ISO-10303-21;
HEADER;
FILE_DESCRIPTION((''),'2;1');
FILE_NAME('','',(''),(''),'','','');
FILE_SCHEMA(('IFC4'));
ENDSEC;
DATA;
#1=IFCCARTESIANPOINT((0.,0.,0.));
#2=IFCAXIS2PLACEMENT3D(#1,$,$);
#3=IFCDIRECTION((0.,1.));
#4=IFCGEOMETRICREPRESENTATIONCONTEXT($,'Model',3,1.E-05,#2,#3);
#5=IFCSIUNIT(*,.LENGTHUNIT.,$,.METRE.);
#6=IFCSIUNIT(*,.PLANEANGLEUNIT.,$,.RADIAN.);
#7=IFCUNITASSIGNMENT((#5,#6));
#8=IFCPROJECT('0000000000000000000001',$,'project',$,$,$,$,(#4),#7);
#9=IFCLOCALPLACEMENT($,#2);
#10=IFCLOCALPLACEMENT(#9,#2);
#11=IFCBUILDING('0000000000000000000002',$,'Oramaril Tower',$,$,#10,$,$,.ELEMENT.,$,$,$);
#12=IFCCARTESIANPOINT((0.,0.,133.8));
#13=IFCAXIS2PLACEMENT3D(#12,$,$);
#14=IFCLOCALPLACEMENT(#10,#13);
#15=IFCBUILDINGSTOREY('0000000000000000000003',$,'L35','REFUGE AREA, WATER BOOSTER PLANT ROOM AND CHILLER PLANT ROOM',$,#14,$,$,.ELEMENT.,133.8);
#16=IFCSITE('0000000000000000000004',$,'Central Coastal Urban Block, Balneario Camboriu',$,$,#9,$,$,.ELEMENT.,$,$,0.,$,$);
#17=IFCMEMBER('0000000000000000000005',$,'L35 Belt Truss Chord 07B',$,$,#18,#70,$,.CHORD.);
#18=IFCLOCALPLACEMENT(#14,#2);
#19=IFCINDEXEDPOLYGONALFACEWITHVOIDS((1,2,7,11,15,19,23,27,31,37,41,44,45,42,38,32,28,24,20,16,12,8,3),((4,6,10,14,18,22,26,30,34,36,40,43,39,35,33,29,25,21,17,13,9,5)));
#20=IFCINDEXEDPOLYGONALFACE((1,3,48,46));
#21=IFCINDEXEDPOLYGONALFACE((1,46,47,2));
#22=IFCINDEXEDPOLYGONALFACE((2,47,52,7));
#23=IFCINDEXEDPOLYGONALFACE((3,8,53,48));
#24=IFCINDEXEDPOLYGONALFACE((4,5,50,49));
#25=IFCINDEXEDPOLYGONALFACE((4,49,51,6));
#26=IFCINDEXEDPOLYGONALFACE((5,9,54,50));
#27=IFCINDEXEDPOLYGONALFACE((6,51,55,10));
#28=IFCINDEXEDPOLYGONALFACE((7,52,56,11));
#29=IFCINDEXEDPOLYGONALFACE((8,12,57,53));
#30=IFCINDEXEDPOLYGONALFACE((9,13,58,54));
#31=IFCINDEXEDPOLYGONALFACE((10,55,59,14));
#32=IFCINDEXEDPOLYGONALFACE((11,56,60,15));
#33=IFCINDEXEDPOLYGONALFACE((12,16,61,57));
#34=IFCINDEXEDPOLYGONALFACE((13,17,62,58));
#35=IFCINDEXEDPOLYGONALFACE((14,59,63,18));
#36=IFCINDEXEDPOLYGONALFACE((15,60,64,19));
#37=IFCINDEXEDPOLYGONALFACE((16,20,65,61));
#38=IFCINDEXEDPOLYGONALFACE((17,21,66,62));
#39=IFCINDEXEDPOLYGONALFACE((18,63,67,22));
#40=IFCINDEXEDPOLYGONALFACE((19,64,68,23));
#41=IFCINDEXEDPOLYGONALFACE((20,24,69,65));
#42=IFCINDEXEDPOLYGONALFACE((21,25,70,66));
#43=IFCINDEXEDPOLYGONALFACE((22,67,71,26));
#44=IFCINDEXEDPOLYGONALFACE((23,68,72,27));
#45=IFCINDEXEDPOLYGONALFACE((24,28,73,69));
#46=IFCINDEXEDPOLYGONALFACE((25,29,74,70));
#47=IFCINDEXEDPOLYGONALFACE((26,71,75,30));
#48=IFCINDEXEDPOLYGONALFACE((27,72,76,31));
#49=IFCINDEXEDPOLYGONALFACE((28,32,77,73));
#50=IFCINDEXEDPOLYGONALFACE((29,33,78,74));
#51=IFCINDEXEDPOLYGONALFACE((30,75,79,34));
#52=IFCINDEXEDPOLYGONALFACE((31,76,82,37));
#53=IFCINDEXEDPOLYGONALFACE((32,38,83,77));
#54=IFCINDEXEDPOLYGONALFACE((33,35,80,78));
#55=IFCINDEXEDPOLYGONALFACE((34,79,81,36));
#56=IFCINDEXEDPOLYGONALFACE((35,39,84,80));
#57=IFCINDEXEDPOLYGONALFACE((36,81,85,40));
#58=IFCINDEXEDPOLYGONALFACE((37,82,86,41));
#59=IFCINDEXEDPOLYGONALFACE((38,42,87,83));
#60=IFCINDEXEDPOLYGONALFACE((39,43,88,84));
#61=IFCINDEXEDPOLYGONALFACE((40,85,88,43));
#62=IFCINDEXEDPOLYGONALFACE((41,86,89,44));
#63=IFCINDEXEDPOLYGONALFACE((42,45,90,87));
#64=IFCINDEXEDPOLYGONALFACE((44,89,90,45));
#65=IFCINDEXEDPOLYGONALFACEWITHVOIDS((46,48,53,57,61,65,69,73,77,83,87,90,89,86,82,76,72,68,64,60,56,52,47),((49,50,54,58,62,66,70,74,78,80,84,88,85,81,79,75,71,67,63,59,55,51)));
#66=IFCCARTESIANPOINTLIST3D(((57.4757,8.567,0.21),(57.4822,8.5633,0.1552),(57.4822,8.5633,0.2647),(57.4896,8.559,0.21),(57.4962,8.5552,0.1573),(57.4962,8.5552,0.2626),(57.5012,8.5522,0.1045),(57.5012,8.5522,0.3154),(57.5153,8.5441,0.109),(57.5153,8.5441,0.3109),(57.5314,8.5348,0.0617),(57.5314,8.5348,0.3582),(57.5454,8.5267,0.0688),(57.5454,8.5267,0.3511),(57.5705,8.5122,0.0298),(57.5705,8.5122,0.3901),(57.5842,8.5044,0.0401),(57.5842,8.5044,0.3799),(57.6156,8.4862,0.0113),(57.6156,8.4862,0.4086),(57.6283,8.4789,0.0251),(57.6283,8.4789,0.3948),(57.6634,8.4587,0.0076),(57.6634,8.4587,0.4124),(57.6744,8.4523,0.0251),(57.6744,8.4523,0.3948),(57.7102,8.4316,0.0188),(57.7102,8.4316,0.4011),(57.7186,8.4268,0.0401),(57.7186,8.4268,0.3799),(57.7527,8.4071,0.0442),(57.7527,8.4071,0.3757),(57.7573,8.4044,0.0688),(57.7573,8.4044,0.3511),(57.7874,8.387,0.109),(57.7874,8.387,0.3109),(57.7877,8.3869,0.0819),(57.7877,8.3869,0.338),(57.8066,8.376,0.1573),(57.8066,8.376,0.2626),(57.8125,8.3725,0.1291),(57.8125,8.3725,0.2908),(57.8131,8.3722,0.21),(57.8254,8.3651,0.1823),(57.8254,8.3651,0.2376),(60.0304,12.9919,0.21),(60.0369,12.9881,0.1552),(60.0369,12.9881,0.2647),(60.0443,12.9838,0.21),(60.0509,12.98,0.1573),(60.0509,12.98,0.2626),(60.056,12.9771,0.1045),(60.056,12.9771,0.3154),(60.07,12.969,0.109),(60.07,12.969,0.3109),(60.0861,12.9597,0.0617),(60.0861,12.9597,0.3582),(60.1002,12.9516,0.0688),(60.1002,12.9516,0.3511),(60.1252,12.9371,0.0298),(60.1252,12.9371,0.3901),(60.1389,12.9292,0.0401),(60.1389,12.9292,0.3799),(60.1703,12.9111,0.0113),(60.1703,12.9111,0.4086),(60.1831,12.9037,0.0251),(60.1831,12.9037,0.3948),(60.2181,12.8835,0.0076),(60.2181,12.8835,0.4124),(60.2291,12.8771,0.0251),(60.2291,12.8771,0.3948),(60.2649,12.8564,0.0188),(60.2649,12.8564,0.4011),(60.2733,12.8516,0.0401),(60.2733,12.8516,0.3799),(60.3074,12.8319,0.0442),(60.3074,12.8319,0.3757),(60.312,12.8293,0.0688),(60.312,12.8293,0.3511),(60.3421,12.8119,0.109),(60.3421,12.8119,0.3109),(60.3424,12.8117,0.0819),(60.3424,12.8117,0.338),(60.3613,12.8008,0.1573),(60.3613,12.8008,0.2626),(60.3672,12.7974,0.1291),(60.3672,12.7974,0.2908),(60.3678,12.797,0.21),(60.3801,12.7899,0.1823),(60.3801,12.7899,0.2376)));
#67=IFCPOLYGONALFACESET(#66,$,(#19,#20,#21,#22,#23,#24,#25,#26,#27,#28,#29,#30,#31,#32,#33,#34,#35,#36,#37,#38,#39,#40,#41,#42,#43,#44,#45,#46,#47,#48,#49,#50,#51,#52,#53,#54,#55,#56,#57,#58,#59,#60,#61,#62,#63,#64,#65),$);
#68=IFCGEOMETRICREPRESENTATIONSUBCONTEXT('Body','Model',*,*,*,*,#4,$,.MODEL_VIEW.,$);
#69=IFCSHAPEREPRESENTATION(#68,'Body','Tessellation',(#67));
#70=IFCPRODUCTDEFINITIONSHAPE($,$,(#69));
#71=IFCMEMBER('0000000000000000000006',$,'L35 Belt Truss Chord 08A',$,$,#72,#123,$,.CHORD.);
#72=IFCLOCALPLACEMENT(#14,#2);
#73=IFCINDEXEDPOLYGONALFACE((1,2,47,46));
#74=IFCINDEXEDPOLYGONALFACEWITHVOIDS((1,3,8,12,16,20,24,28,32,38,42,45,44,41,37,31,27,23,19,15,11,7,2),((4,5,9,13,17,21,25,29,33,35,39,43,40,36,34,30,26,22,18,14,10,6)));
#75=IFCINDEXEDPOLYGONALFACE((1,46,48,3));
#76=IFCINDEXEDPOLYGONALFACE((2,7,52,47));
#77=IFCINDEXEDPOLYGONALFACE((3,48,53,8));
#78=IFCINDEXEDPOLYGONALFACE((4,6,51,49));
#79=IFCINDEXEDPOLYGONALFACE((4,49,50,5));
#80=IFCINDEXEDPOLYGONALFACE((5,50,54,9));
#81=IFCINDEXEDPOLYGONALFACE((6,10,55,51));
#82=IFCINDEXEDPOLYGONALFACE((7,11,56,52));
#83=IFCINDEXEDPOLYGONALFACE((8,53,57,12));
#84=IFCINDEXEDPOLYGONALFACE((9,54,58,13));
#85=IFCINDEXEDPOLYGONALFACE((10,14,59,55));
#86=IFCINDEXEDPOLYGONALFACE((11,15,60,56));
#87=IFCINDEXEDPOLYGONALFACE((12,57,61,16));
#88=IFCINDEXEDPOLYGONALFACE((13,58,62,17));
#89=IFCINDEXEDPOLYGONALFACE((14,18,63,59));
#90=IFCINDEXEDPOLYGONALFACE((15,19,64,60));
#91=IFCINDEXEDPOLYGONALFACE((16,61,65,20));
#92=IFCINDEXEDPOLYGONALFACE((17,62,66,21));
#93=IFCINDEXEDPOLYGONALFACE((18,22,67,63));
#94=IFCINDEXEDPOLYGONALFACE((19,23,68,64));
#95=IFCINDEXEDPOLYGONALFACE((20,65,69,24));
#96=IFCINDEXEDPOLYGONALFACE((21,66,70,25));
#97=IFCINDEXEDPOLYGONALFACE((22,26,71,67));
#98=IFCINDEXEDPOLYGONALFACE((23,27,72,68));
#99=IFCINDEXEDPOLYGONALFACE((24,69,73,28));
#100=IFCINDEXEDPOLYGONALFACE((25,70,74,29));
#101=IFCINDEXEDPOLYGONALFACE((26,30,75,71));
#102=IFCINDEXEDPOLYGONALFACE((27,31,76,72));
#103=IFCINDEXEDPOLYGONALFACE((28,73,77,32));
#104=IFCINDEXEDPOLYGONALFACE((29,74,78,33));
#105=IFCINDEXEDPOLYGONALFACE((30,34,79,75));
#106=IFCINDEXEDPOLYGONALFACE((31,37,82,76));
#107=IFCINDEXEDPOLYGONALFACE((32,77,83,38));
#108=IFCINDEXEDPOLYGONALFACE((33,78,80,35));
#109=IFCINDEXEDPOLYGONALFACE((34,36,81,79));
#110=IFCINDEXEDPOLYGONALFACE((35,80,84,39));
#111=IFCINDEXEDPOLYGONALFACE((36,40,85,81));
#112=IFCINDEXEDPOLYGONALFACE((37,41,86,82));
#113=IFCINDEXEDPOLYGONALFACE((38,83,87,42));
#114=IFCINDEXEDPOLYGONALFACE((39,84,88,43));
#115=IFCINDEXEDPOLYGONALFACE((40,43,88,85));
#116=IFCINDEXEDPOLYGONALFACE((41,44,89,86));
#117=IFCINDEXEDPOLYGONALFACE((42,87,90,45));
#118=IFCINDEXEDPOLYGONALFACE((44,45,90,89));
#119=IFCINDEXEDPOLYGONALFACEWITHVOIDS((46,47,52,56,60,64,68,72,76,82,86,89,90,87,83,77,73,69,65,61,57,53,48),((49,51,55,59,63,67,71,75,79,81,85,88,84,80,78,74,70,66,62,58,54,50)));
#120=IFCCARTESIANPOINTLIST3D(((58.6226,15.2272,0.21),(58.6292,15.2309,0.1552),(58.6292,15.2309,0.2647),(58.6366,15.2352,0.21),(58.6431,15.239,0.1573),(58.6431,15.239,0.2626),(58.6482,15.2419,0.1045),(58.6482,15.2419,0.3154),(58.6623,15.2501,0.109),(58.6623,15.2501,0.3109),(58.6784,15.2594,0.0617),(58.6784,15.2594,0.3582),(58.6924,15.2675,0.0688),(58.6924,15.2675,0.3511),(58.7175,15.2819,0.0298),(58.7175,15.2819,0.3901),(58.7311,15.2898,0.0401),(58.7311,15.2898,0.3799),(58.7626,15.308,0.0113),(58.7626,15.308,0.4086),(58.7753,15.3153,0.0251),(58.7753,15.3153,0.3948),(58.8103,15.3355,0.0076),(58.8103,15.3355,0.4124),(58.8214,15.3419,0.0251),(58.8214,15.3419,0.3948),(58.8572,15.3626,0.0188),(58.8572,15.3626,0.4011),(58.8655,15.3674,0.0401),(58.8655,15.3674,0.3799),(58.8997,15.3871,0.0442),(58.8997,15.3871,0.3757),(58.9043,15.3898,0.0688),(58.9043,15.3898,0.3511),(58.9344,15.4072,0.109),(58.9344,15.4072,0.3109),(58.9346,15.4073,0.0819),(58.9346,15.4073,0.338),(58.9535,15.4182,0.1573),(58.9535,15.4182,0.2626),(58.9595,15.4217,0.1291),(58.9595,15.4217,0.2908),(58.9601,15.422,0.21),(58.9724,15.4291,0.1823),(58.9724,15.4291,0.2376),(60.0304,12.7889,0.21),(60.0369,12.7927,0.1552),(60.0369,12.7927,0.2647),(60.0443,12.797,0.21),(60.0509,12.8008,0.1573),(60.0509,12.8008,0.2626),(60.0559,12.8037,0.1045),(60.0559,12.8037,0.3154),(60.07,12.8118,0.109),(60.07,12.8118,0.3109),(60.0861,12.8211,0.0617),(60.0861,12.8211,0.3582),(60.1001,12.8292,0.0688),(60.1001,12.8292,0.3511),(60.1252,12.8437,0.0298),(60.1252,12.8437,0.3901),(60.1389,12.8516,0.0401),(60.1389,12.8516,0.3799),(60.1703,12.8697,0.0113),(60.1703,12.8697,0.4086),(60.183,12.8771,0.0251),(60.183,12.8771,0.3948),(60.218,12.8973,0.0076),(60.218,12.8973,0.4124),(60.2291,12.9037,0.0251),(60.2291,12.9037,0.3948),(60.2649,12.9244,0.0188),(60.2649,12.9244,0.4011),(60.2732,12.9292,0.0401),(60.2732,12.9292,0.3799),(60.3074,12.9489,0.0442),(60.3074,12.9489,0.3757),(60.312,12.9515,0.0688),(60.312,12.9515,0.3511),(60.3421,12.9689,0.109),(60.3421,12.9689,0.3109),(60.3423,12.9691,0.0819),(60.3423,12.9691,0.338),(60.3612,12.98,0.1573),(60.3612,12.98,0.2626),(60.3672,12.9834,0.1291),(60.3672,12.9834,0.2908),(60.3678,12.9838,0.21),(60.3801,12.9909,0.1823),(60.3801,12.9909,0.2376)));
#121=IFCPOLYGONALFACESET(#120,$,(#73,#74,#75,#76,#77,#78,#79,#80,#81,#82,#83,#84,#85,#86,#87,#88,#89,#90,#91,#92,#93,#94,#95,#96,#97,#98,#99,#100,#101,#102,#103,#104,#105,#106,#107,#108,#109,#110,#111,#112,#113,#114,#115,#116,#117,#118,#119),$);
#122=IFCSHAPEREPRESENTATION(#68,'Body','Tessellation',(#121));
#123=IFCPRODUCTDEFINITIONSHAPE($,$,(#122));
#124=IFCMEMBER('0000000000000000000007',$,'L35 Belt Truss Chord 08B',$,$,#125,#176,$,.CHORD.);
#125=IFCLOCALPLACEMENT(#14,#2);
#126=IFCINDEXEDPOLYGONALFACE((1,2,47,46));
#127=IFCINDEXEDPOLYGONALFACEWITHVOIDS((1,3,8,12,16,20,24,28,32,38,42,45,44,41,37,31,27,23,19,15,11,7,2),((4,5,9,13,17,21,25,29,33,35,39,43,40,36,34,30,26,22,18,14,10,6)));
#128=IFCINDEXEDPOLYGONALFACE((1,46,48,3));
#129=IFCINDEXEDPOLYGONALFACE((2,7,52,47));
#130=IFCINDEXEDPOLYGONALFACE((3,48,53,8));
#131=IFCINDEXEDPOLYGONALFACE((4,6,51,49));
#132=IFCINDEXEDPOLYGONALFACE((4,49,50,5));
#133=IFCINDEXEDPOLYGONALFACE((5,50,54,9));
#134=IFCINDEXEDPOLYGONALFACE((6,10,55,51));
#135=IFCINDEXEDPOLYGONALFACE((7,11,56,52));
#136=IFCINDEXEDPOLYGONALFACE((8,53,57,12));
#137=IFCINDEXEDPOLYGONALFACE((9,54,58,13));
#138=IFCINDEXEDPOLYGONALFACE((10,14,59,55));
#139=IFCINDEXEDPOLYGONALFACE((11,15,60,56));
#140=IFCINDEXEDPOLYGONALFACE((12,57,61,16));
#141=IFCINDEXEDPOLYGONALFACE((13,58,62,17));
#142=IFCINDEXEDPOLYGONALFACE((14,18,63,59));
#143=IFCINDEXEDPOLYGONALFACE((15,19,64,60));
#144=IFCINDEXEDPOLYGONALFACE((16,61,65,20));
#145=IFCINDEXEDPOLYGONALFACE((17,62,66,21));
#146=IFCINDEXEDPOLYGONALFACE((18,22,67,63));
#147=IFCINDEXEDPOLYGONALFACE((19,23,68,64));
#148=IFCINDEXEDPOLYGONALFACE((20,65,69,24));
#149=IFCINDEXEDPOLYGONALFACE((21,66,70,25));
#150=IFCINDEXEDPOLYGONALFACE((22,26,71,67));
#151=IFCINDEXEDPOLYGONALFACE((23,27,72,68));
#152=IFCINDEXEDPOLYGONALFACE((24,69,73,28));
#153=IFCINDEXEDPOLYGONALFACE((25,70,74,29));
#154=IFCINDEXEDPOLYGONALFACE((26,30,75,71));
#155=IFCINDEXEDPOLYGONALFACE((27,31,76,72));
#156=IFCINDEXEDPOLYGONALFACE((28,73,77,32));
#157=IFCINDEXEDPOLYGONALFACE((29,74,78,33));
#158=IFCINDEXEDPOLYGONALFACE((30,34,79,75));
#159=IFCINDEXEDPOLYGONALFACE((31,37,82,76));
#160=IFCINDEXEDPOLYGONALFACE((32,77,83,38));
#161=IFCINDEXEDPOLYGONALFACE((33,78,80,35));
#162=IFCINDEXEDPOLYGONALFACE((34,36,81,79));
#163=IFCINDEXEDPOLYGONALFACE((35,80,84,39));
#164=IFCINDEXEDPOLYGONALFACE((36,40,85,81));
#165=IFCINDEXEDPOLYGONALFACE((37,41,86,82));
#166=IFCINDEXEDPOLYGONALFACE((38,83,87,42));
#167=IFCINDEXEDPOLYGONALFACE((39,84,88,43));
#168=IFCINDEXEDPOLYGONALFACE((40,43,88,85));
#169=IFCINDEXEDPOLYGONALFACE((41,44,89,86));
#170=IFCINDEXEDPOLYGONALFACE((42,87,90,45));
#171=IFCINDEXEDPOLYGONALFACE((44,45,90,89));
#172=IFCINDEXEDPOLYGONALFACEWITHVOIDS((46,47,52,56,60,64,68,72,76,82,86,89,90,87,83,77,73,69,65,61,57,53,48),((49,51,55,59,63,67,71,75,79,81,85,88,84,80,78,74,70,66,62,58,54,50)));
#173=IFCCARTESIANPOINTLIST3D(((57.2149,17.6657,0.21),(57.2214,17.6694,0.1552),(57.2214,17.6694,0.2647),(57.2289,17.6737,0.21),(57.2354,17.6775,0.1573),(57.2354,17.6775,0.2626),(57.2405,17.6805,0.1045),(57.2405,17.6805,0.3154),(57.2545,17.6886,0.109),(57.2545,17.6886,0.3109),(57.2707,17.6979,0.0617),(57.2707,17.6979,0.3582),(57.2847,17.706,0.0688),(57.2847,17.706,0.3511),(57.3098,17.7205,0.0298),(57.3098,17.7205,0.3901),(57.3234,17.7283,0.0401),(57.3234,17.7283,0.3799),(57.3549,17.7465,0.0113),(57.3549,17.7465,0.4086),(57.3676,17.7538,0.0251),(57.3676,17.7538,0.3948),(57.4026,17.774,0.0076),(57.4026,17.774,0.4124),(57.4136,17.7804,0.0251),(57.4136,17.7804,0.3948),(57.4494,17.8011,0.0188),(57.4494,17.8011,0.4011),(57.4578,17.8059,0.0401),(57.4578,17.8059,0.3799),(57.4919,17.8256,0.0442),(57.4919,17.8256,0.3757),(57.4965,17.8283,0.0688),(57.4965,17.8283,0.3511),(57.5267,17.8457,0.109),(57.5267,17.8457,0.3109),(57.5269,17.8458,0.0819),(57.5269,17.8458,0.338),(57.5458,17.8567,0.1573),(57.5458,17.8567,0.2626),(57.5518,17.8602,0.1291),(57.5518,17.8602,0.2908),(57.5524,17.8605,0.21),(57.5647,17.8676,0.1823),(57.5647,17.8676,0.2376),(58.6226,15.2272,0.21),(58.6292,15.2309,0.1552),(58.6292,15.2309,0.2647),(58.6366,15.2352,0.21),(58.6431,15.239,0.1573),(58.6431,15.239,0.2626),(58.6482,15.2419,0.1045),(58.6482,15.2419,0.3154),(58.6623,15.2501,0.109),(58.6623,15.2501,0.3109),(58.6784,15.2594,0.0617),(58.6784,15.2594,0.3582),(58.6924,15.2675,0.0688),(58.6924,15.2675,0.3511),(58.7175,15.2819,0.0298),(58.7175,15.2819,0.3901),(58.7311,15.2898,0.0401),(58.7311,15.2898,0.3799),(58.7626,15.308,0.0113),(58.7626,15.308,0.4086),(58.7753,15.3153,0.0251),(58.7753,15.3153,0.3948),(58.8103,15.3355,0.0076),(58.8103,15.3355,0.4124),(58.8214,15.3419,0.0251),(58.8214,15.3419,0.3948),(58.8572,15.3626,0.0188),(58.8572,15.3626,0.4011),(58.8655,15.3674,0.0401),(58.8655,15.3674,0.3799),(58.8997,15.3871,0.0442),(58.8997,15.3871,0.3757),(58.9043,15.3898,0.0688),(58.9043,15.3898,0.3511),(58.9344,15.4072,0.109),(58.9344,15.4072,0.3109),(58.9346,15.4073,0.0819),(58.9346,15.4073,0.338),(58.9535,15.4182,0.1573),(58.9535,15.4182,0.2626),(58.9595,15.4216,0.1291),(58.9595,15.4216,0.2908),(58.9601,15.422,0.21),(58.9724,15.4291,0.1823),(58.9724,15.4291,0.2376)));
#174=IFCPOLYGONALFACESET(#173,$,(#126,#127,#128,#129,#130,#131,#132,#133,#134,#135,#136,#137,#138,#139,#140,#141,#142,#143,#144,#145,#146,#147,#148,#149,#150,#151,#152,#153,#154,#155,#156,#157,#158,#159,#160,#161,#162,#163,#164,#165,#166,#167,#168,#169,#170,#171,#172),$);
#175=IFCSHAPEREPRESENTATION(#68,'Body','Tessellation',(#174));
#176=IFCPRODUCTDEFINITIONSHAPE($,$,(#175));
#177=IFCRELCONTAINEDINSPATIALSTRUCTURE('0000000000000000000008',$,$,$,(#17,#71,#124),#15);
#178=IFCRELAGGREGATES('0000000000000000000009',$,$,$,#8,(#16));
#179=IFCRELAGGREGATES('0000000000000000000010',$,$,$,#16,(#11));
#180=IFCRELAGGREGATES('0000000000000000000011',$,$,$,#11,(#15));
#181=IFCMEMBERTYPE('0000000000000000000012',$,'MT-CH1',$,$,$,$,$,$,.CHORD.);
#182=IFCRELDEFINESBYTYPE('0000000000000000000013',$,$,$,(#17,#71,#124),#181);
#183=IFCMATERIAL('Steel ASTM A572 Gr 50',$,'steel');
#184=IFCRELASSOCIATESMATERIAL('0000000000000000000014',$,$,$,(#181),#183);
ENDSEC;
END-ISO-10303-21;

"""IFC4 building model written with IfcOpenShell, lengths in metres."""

from ifc_helpers import new_model, si_unit, direction, frame, origin, origin_2d, place, context, subcontext, project, spatial, hollow_circle, extrude, material, material_profile, profile_set, type_object, element, save


model = new_model("IFC4")

# Units and contexts
model_context = context("Model", 3, precision=1e-05, world=origin(), true_north=direction((0.0, 1.0)))
body_context = subcontext(model_context, "Body", "Model", "MODEL_VIEW")
ifc_project = project(units=[si_unit("LENGTHUNIT", "METRE"), si_unit("PLANEANGLEUNIT", "RADIAN")], contexts=[model_context])

# Site, building, storey
site_placement = place(None, origin())
site = spatial("IfcSite", under=ifc_project, at=site_placement, Name="Central Coastal Urban Block, Balneario Camboriu", CompositionType="ELEMENT", RefElevation=0.0)
building_placement = place(site_placement, origin())
building = spatial("IfcBuilding", under=site, at=building_placement, Name="Oramaril Tower", CompositionType="ELEMENT")
storey_placement = place(building_placement, frame((0.0, 0.0, 133.8)))
storey = spatial("IfcBuildingStorey", under=building, at=storey_placement, Name="L35", Description="REFUGE AREA, WATER BOOSTER PLANT ROOM AND CHILLER PLANT ROOM", CompositionType="ELEMENT", Elevation=133.8)

# Members
ifc_material_1 = material(Name="Steel ASTM A572 Gr 50", Category="steel")
ifc_material_profile_1 = material_profile(ifc_material_1, hollow_circle(Radius=0.2029, WallThickness=0.0161, at=origin_2d()), Name="CHS406X16")
ifc_profile_set_1 = profile_set([ifc_material_profile_1], Name="Steel ASTM A572 Gr 50")
member_type_1 = type_object("IfcMemberType", Name="MT-CH1", PredefinedType="CHORD", material=ifc_profile_set_1)
for number, where, z_axis, x_axis, name in (
    (1, (57.6514, 8.4656, 0.21), (0.500004, 0.866023, 0.0), (-0.866023, 0.500004, 0.0), "L35 Belt Truss Chord 07B"),
):
    element("IfcMember", number, at=place(storey_placement, frame(where, z_axis=z_axis, x_axis=x_axis)), inside=storey, type_object=member_type_1, Name=name, PredefinedType="CHORD", context=body_context, shape_type="SweptSolid", body=[
        extrude(hollow_circle(Radius=0.2029, WallThickness=0.0161, at=origin_2d()), origin(), (0.0, 0.0, 1.0), 5.1094),
    ])
member_1_placement = place(storey_placement, frame((60.2061, 12.8904, 0.21), z_axis=(-0.5, 0.866025, 0.0), x_axis=(-0.866025, -0.5, 0.0)))
element("IfcMember", 2, at=member_1_placement, inside=storey, type_object=member_type_1, Name="L35 Belt Truss Chord 08A", PredefinedType="CHORD", context=body_context, shape_type="SweptSolid", body=[
    extrude(hollow_circle(Radius=0.2029, WallThickness=0.0161, at=origin_2d()), origin(), (0.0, 0.0, 1.0), 2.8154),
])
member_2_placement = place(storey_placement, frame((58.7983, 15.3286, 0.21), z_axis=(-0.499963, 0.866047, 0.0), x_axis=(-0.866047, -0.499963, 0.0)))
element("IfcMember", 3, at=member_2_placement, inside=storey, type_object=member_type_1, Name="L35 Belt Truss Chord 08B", PredefinedType="CHORD", context=body_context, shape_type="SweptSolid", body=[
    extrude(hollow_circle(Radius=0.2029, WallThickness=0.0161, at=origin_2d()), origin(), (0.0, 0.0, 1.0), 2.8157),
])

save(model, "model.ifc")
